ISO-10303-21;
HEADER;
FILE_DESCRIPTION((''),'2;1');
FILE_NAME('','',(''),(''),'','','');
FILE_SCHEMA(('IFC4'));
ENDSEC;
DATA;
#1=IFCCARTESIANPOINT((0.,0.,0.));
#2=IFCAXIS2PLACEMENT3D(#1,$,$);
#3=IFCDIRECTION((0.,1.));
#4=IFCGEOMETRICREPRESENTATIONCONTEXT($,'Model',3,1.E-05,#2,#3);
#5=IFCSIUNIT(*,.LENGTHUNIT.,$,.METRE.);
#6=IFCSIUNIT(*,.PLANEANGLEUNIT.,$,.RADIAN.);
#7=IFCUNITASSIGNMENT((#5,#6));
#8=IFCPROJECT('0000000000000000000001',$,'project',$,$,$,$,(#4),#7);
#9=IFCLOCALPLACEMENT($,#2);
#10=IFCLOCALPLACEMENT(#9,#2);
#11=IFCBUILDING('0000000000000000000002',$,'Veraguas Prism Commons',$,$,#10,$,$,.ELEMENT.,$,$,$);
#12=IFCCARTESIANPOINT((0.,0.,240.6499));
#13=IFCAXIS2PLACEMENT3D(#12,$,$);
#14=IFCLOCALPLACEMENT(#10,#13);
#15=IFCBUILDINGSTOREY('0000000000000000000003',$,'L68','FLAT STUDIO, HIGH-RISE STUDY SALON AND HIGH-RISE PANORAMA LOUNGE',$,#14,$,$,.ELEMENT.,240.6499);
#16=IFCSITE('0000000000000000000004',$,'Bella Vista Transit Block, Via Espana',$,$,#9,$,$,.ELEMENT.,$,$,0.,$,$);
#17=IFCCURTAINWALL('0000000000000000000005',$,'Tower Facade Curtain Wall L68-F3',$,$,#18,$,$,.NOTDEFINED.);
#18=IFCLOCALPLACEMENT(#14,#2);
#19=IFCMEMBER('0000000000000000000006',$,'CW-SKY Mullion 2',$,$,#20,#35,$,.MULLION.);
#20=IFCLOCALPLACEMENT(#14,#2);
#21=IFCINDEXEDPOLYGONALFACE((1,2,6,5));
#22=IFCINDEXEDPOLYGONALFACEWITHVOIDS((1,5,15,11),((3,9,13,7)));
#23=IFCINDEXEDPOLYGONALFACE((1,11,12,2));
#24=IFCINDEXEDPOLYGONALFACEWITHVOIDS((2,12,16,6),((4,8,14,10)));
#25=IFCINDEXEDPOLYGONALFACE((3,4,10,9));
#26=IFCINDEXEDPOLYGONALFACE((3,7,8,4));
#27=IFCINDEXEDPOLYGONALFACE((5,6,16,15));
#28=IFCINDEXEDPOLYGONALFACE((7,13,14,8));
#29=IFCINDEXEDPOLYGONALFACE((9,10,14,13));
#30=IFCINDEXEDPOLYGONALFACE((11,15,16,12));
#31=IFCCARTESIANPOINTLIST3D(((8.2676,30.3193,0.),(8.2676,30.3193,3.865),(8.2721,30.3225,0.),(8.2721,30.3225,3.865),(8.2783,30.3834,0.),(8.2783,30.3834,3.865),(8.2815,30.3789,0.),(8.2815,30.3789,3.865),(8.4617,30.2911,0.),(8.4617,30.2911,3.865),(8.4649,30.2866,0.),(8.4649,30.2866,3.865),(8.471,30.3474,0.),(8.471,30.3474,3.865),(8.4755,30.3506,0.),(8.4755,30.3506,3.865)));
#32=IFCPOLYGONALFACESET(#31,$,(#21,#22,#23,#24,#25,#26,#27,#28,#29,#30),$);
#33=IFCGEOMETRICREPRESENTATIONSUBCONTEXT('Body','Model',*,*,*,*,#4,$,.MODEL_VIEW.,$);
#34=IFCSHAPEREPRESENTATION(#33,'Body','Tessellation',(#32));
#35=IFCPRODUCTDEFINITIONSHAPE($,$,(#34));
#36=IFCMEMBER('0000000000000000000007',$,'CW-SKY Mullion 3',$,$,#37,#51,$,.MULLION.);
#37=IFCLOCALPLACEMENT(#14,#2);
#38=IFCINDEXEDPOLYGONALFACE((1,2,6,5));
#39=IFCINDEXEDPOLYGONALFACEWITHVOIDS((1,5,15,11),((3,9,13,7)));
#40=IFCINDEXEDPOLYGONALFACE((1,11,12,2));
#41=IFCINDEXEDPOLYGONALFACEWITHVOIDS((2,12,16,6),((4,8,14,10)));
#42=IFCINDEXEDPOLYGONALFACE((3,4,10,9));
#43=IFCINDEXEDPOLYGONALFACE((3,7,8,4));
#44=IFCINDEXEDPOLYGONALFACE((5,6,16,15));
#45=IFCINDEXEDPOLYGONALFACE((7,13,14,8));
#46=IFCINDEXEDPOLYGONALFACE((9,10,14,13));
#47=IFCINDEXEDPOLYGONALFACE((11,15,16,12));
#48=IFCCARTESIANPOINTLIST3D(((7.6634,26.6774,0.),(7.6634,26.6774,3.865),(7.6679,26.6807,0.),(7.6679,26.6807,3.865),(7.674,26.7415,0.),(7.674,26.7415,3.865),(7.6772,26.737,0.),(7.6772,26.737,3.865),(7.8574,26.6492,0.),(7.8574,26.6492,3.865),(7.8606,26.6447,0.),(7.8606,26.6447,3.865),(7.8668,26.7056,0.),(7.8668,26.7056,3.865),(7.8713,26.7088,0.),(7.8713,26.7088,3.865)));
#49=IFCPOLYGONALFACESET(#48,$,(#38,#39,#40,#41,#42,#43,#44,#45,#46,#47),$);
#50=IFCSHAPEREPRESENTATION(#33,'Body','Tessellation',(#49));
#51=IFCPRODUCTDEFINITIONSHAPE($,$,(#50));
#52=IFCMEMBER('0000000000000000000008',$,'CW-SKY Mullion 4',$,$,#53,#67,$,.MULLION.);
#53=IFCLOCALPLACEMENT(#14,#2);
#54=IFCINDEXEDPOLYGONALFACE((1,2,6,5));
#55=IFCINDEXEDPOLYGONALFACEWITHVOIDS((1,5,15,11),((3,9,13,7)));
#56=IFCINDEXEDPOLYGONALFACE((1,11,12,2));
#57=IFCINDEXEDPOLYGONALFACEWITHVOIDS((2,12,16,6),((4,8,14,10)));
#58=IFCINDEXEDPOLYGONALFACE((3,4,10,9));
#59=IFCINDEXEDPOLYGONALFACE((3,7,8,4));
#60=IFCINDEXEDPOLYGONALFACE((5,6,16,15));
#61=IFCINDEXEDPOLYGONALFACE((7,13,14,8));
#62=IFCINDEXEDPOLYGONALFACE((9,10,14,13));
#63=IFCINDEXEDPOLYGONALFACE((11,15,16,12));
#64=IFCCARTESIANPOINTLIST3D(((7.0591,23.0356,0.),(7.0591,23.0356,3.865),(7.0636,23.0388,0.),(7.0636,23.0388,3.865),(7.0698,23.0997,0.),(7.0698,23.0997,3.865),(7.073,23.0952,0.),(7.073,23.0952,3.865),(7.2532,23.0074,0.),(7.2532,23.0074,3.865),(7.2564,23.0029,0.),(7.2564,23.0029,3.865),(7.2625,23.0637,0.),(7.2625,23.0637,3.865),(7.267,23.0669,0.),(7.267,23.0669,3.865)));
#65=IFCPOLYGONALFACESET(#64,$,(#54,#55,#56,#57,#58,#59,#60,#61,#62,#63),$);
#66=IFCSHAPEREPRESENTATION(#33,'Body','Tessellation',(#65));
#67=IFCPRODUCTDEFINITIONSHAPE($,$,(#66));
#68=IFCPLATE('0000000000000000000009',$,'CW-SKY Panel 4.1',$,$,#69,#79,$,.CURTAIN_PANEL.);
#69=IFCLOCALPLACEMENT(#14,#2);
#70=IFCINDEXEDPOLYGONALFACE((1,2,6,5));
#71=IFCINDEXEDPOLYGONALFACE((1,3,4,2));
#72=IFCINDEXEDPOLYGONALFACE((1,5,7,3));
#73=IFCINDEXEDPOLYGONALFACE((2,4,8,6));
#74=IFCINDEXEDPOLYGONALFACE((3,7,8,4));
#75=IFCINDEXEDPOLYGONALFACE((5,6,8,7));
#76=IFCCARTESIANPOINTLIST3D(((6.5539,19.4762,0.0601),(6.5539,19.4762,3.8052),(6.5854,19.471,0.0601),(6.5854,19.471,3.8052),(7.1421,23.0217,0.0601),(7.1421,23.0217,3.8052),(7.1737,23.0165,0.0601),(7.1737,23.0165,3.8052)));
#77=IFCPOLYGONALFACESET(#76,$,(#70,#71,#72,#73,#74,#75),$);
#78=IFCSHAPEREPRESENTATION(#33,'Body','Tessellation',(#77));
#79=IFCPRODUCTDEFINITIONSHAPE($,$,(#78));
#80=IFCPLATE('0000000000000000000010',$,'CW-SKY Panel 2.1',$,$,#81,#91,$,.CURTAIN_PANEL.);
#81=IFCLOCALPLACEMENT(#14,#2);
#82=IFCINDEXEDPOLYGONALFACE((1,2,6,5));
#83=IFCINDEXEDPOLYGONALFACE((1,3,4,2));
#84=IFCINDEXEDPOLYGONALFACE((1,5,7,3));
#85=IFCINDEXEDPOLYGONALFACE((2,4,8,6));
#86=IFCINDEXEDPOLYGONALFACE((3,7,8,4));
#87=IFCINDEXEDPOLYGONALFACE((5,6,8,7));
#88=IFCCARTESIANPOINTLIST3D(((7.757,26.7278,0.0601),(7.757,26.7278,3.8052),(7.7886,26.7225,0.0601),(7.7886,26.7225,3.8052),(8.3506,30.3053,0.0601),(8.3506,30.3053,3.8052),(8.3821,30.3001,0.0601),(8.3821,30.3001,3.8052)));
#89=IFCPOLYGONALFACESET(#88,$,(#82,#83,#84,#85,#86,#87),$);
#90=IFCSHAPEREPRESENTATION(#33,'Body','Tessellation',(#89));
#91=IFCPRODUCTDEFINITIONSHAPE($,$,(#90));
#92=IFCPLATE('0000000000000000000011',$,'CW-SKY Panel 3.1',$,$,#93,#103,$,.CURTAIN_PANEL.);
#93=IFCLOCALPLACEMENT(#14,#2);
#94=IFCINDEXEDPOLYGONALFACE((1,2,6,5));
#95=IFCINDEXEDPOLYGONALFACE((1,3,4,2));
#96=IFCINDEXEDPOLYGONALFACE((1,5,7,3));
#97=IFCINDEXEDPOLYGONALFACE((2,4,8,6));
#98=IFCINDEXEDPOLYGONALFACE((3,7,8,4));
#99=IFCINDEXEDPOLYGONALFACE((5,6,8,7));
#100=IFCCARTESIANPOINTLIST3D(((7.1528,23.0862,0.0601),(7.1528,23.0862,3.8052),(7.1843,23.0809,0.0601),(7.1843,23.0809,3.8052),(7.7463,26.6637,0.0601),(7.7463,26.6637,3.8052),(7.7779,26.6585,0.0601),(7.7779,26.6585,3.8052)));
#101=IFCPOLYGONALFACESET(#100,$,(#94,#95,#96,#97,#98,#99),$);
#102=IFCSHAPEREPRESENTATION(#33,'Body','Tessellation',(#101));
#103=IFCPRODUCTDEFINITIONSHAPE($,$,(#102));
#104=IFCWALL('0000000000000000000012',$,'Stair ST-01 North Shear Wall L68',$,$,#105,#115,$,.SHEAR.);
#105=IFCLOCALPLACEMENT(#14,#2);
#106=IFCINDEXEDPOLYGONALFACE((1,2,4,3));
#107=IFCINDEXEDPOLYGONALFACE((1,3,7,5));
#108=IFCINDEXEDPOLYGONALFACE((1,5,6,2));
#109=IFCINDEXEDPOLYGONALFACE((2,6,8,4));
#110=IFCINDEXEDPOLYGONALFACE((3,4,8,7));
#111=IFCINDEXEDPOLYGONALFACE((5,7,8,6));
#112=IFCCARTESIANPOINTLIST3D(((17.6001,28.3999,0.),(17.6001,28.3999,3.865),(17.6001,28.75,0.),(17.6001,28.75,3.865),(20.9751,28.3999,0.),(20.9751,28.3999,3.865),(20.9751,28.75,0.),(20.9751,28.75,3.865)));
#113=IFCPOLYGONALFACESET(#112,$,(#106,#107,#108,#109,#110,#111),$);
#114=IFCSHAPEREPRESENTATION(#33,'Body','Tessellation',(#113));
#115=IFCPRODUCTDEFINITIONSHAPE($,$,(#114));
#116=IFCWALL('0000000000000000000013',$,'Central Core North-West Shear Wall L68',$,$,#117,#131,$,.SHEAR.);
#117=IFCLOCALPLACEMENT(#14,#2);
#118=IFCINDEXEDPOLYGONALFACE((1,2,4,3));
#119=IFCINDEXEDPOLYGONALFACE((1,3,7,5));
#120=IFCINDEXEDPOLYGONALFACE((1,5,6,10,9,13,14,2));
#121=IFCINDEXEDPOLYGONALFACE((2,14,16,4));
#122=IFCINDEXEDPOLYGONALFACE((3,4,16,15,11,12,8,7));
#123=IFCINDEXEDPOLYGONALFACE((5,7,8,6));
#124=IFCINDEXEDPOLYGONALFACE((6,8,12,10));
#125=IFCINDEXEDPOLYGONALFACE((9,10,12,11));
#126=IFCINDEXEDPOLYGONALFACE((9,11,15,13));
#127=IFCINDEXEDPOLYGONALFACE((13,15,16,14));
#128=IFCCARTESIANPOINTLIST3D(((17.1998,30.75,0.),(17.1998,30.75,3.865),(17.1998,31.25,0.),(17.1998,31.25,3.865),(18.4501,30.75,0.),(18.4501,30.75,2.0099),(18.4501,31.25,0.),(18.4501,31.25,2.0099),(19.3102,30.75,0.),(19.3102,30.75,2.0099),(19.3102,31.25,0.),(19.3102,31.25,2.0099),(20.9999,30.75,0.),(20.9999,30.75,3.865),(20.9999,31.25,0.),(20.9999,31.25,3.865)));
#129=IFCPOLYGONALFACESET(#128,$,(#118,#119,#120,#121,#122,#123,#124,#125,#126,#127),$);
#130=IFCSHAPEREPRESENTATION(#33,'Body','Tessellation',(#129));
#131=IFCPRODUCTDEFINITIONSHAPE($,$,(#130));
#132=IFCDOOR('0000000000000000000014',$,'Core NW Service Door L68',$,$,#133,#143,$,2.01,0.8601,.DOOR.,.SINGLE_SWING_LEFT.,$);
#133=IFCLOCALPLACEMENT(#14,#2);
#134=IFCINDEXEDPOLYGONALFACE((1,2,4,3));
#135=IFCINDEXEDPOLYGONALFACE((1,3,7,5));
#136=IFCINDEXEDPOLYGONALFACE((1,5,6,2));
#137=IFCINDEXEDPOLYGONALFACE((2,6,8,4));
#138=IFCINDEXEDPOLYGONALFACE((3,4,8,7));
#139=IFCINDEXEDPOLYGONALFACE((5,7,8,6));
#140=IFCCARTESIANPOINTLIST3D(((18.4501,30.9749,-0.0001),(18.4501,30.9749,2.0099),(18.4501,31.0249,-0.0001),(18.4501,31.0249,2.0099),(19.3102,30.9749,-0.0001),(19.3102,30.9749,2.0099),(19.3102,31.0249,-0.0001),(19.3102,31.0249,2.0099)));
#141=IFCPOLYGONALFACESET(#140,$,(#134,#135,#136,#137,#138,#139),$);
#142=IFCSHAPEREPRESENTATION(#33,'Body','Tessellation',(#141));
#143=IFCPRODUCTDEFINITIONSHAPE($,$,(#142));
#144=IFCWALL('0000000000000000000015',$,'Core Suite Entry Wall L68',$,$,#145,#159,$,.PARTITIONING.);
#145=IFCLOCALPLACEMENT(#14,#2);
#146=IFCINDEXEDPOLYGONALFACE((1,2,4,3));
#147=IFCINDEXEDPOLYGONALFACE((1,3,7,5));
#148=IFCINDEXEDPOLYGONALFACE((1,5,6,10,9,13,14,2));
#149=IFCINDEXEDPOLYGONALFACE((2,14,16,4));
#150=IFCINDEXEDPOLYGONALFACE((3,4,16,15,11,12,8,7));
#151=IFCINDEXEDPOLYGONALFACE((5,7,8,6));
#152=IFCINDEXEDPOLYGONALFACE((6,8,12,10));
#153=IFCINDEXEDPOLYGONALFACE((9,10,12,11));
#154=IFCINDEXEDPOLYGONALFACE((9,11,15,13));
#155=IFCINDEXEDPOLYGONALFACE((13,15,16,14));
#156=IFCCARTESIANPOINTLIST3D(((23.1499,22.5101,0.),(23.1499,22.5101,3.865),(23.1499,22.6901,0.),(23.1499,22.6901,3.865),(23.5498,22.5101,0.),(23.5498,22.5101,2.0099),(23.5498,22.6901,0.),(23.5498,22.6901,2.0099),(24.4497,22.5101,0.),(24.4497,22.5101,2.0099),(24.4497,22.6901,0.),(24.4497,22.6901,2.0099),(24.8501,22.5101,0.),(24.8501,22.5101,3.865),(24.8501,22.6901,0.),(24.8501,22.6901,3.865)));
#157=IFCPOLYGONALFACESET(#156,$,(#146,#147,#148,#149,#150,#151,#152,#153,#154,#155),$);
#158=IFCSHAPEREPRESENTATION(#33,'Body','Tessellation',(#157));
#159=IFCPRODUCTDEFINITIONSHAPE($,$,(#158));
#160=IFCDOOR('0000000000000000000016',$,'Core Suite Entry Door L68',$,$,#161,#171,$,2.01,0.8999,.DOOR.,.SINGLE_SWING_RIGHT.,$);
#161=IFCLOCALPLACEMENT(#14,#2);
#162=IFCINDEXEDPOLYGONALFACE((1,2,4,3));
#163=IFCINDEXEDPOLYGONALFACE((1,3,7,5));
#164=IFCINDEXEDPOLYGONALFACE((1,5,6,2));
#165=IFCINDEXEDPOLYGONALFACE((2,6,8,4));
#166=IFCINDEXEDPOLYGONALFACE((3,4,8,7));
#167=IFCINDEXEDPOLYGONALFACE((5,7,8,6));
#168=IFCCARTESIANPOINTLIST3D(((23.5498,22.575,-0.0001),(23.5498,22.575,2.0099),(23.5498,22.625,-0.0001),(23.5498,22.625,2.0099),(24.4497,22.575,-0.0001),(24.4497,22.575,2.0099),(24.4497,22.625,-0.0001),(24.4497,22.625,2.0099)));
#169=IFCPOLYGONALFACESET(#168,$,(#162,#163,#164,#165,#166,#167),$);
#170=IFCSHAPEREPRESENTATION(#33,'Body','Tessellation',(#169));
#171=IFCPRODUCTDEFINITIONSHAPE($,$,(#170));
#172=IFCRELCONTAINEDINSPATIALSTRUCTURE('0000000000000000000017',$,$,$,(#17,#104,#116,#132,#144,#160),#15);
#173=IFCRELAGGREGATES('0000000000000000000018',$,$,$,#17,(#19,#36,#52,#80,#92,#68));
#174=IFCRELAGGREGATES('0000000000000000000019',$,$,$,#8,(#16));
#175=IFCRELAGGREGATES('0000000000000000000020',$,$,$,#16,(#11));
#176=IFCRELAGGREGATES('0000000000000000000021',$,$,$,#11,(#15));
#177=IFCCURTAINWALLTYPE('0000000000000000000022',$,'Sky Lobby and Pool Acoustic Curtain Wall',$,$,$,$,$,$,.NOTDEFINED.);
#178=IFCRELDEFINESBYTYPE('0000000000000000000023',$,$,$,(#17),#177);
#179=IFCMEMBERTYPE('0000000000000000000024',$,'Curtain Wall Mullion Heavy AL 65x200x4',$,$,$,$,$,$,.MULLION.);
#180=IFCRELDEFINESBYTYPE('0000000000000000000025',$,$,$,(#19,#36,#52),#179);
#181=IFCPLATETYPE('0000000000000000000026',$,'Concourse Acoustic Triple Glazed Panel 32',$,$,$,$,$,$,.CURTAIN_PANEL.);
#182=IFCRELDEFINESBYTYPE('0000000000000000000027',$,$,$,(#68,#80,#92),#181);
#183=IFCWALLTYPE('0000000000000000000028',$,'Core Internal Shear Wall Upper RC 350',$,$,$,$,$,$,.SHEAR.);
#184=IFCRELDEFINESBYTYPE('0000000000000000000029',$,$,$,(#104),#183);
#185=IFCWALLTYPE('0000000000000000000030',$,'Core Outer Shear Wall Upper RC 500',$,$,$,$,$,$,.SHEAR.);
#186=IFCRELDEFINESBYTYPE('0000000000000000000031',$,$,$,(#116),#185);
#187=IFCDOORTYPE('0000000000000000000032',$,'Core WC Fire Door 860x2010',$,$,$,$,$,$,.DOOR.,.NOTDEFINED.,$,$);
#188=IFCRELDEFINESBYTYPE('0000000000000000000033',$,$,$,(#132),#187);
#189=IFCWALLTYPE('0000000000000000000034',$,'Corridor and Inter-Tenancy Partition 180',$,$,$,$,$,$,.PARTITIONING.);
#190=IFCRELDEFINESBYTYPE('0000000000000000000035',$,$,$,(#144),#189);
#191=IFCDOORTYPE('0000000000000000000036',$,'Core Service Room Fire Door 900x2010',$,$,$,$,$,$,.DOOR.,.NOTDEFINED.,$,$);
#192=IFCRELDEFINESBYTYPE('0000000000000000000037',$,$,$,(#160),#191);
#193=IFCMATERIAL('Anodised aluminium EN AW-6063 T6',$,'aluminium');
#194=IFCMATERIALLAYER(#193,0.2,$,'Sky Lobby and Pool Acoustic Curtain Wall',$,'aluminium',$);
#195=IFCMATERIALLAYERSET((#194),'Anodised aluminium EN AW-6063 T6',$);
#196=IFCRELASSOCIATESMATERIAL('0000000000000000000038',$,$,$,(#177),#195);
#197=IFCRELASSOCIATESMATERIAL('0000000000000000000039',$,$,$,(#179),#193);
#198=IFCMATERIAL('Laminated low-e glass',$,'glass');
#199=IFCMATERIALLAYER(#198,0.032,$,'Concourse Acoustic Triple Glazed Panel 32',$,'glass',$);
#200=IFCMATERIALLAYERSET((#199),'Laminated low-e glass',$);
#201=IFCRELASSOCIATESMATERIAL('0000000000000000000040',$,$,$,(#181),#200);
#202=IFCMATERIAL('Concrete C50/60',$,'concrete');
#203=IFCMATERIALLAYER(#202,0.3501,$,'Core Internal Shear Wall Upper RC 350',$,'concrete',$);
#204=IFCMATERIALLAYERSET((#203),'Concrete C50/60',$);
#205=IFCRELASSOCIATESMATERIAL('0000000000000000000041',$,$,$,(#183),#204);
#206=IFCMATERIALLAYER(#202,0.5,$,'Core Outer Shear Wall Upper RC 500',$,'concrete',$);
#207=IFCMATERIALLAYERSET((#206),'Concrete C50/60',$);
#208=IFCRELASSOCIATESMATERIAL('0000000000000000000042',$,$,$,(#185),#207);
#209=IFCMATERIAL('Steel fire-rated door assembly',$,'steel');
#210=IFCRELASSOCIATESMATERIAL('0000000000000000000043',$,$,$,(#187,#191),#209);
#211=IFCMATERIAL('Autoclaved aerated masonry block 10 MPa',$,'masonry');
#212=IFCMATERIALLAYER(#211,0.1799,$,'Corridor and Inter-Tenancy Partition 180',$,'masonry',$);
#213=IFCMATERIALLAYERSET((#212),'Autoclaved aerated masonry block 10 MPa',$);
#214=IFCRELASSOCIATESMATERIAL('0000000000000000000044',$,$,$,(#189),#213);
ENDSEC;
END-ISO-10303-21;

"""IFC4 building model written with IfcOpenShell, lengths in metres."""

from ifc_helpers import new_model, si_unit, direction, frame, frame_2d, origin, origin_2d, place, context, subcontext, project, spatial, rectangle, hollow_rectangle, extrude, source, transform, mapped, material, layer, layer_set, material_profile, profile_set, type_object, element, fill, aggregate, save


model = new_model("IFC4")

# Units and contexts
model_context = context("Model", 3, precision=1e-05, world=origin(), true_north=direction((0.0, 1.0)))
body_context = subcontext(model_context, "Body", "Model", "MODEL_VIEW")
ifc_project = project(units=[si_unit("LENGTHUNIT", "METRE"), si_unit("PLANEANGLEUNIT", "RADIAN")], contexts=[model_context])

# Site, building, storey
site_placement = place(None, origin())
site = spatial("IfcSite", under=ifc_project, at=site_placement, Name="Bella Vista Transit Block, Via Espana", CompositionType="ELEMENT", RefElevation=0.0)
building_placement = place(site_placement, origin())
building = spatial("IfcBuilding", under=site, at=building_placement, Name="Veraguas Prism Commons", CompositionType="ELEMENT")
storey_placement = place(building_placement, frame((0.0, 0.0, 240.6499)))
storey = spatial("IfcBuildingStorey", under=building, at=storey_placement, Name="L68", Description="FLAT STUDIO, HIGH-RISE STUDY SALON AND HIGH-RISE PANORAMA LOUNGE", CompositionType="ELEMENT", Elevation=240.6499)

# Shared definitions
ifc_material_1 = material(Name="Concrete C50/60", Category="concrete")

# Curtain wall, members, plates
ifc_material_2 = material(Name="Anodised aluminium EN AW-6063 T6", Category="aluminium")
ifc_layer_1 = layer(ifc_material_2, 0.2, Name="Sky Lobby and Pool Acoustic Curtain Wall", Category="aluminium")
ifc_layer_set_1 = layer_set([ifc_layer_1], Name="Anodised aluminium EN AW-6063 T6")
curtain_wall_type = type_object("IfcCurtainWallType", Name="Sky Lobby and Pool Acoustic Curtain Wall", PredefinedType="NOTDEFINED", material=ifc_layer_set_1)
curtain_wall_placement = place(storey_placement, origin())
curtain_wall = element("IfcCurtainWall", 1, at=curtain_wall_placement, inside=storey, type_object=curtain_wall_type, Name="Tower Facade Curtain Wall L68-F3", PredefinedType="NOTDEFINED")
ifc_material_profile_1 = material_profile(ifc_material_2, hollow_rectangle(XDim=0.0649, YDim=0.2, WallThickness=0.0039, at=origin_2d()), Name="AL65X200X4")
ifc_profile_set_1 = profile_set([ifc_material_profile_1], Name="Anodised aluminium EN AW-6063 T6")
member_type = type_object("IfcMemberType", Name="Curtain Wall Mullion Heavy AL 65x200x4", PredefinedType="MULLION", material=ifc_profile_set_1)
shared_shape_1 = source(origin(), body_context, "Body", "SweptSolid", [
    extrude(hollow_rectangle(XDim=0.0649, YDim=0.2, WallThickness=0.0039, at=origin_2d()), origin(), (0.0, 0.0, 1.0), 3.865),
])
member_1_placement = place(storey_placement, frame((8.3716, 30.335, 0.0), z_axis=(0.0, 0.0, 1.0), x_axis=(-0.16367, -0.986515, 0.0)))
member_1 = element("IfcMember", 2, at=member_1_placement, type_object=member_type, Name="CW-SKY Mullion 2", PredefinedType="MULLION", context=body_context, shape_type="MappedRepresentation", body=[
    mapped(shared_shape_1, transform((0.0, 0.0, 0.0), scale=1.0)),
])
member_2_placement = place(storey_placement, frame((7.7673, 26.6931, 0.0), z_axis=(0.0, 0.0, 1.0), x_axis=(-0.16367, -0.986515, 0.0)))
member_2 = element("IfcMember", 3, at=member_2_placement, type_object=member_type, Name="CW-SKY Mullion 3", PredefinedType="MULLION", context=body_context, shape_type="MappedRepresentation", body=[
    mapped(shared_shape_1, transform((0.0, 0.0, 0.0), scale=1.0)),
])
member_3_placement = place(storey_placement, frame((7.1631, 23.0513, 0.0), z_axis=(0.0, 0.0, 1.0), x_axis=(-0.16367, -0.986515, 0.0)))
member_3 = element("IfcMember", 4, at=member_3_placement, type_object=member_type, Name="CW-SKY Mullion 4", PredefinedType="MULLION", context=body_context, shape_type="MappedRepresentation", body=[
    mapped(shared_shape_1, transform((0.0, 0.0, 0.0), scale=1.0)),
])
ifc_material_3 = material(Name="Laminated low-e glass", Category="glass")
ifc_layer_2 = layer(ifc_material_3, 0.032, Name="Concourse Acoustic Triple Glazed Panel 32", Category="glass")
ifc_layer_set_2 = layer_set([ifc_layer_2], Name="Laminated low-e glass")
plate_type = type_object("IfcPlateType", Name="Concourse Acoustic Triple Glazed Panel 32", PredefinedType="CURTAIN_PANEL", material=ifc_layer_set_2)
shared_shape_2 = source(origin(), body_context, "Body", "SweptSolid", [
    extrude(rectangle(XDim=3.594, YDim=0.032, at=origin_2d()), origin(), (0.0, 0.0, 1.0), 3.7451),
])
plate_1_placement = place(storey_placement, frame((6.8638, 21.2463, 0.0601), z_axis=(0.0, 0.0, 1.0), x_axis=(-0.16367, -0.986515, 0.0)))
plate_1 = element("IfcPlate", 5, at=plate_1_placement, type_object=plate_type, Name="CW-SKY Panel 4.1", PredefinedType="CURTAIN_PANEL", context=body_context, shape_type="MappedRepresentation", body=[
    mapped(shared_shape_2, transform((0.0, 0.0, 0.0), scale=1.0)),
])
shared_shape_3 = source(origin(), body_context, "Body", "SweptSolid", [
    extrude(rectangle(XDim=3.6265, YDim=0.032, at=origin_2d()), origin(), (0.0, 0.0, 1.0), 3.7451),
])
plate_2_placement = place(storey_placement, frame((8.0696, 28.5139, 0.0601), z_axis=(0.0, 0.0, 1.0), x_axis=(-0.16367, -0.986515, 0.0)))
plate_2 = element("IfcPlate", 6, at=plate_2_placement, type_object=plate_type, Name="CW-SKY Panel 2.1", PredefinedType="CURTAIN_PANEL", context=body_context, shape_type="MappedRepresentation", body=[
    mapped(shared_shape_3, transform((0.0, 0.0, 0.0), scale=1.0)),
])
plate_3_placement = place(storey_placement, frame((7.4653, 24.8723, 0.0601), z_axis=(0.0, 0.0, 1.0), x_axis=(-0.16367, -0.986515, 0.0)))
plate_3 = element("IfcPlate", 7, at=plate_3_placement, type_object=plate_type, Name="CW-SKY Panel 3.1", PredefinedType="CURTAIN_PANEL", context=body_context, shape_type="MappedRepresentation", body=[
    mapped(shared_shape_3, transform((0.0, 0.0, 0.0), scale=1.0)),
])
aggregate(curtain_wall, [member_1, member_2, member_3, plate_2, plate_3, plate_1])

# Wall
ifc_layer_3 = layer(ifc_material_1, 0.3501, Name="Core Internal Shear Wall Upper RC 350", Category="concrete")
ifc_layer_set_3 = layer_set([ifc_layer_3], Name="Concrete C50/60")
wall_type_1 = type_object("IfcWallType", Name="Core Internal Shear Wall Upper RC 350", PredefinedType="SHEAR", material=ifc_layer_set_3)
wall_1_placement = place(storey_placement, frame((17.6001, 28.575, 0.0), z_axis=(0.0, 0.0, 1.0), x_axis=(1.0, 0.0, 0.0)))
element("IfcWall", 8, at=wall_1_placement, inside=storey, type_object=wall_type_1, Name="Stair ST-01 North Shear Wall L68", PredefinedType="SHEAR", context=body_context, shape_type="SweptSolid", body=[
    extrude(rectangle(XDim=3.375, YDim=0.3501, at=frame_2d((1.6875, 0.0))), origin(), (0.0, 0.0, 1.0), 3.865),
])

# Walls, openings, doors
ifc_layer_4 = layer(ifc_material_1, 0.5, Name="Core Outer Shear Wall Upper RC 500", Category="concrete")
ifc_layer_set_4 = layer_set([ifc_layer_4], Name="Concrete C50/60")
wall_type_2 = type_object("IfcWallType", Name="Core Outer Shear Wall Upper RC 500", PredefinedType="SHEAR", material=ifc_layer_set_4)
wall_2_placement = place(storey_placement, frame((17.2, 31.0, 0.0), z_axis=(0.0, 0.0, 1.0), x_axis=(1.0, 0.0, 0.0)))
wall_2 = element("IfcWall", 9, at=wall_2_placement, inside=storey, type_object=wall_type_2, Name="Central Core North-West Shear Wall L68", PredefinedType="SHEAR", context=body_context, shape_type="SweptSolid", body=[
    extrude(rectangle(XDim=3.8, YDim=0.5, at=frame_2d((1.8999, 0.0))), origin(), (0.0, 0.0, 1.0), 3.865),
])
opening_1_placement = place(wall_2_placement, frame((1.25, 0.0, 0.0)))
opening_1 = element("IfcOpeningElement", 10, at=opening_1_placement, cuts=wall_2, PredefinedType="OPENING", context=body_context, shape_type="SweptSolid", body=[
    extrude(rectangle(XDim=0.8601, YDim=2.01, at=frame_2d((0.4302, 1.0049))), frame((0.0, 0.26, 0.0), z_axis=(0.0, -1.0, 0.0), x_axis=(1.0, 0.0, 0.0)), (0.0, 0.0, 1.0), 0.52),
])
ifc_material_4 = material(Name="Steel fire-rated door assembly", Category="steel")
door_type_1 = type_object("IfcDoorType", Name="Core WC Fire Door 860x2010", OperationType="NOTDEFINED", PredefinedType="DOOR", material=ifc_material_4)
shared_shape_4 = source(origin(), body_context, "Body", "SweptSolid", [
    extrude(rectangle(XDim=0.8601, YDim=2.01, at=frame_2d((0.4302, 1.0049))), frame((0.0, 0.0249, 0.0), z_axis=(0.0, -1.0, 0.0), x_axis=(1.0, 0.0, 0.0)), (0.0, 0.0, 1.0), 0.05),
])
door_1_placement = place(opening_1_placement, origin())
door_1 = element("IfcDoor", 11, at=door_1_placement, inside=storey, type_object=door_type_1, Name="Core NW Service Door L68", OperationType="SINGLE_SWING_LEFT", OverallHeight=2.01, OverallWidth=0.8601, PredefinedType="DOOR", context=body_context, shape_type="MappedRepresentation", body=[
    mapped(shared_shape_4, transform((0.0, 0.0, 0.0), scale=1.0)),
])
fill(opening_1, door_1)
ifc_material_5 = material(Name="Autoclaved aerated masonry block 10 MPa", Category="masonry")
ifc_layer_5 = layer(ifc_material_5, 0.1799, Name="Corridor and Inter-Tenancy Partition 180", Category="masonry")
ifc_layer_set_5 = layer_set([ifc_layer_5], Name="Autoclaved aerated masonry block 10 MPa")
wall_type_3 = type_object("IfcWallType", Name="Corridor and Inter-Tenancy Partition 180", PredefinedType="PARTITIONING", material=ifc_layer_set_5)
wall_3_placement = place(storey_placement, frame((23.1499, 22.6001, 0.0), z_axis=(0.0, 0.0, 1.0), x_axis=(1.0, 0.0, 0.0)))
wall_3 = element("IfcWall", 12, at=wall_3_placement, inside=storey, type_object=wall_type_3, Name="Core Suite Entry Wall L68", PredefinedType="PARTITIONING", context=body_context, shape_type="SweptSolid", body=[
    extrude(rectangle(XDim=1.7002, YDim=0.1799, at=frame_2d((0.8501, 0.0))), origin(), (0.0, 0.0, 1.0), 3.865),
])
opening_2_placement = place(wall_3_placement, frame((0.3999, 0.0, 0.0)))
opening_2 = element("IfcOpeningElement", 13, at=opening_2_placement, cuts=wall_3, PredefinedType="OPENING", context=body_context, shape_type="SweptSolid", body=[
    extrude(rectangle(XDim=0.8999, YDim=2.01, at=frame_2d((0.45, 1.0049))), frame((0.0, 0.0999, 0.0), z_axis=(0.0, -1.0, 0.0), x_axis=(1.0, 0.0, 0.0)), (0.0, 0.0, 1.0), 0.2),
])
door_type_2 = type_object("IfcDoorType", Name="Core Service Room Fire Door 900x2010", OperationType="NOTDEFINED", PredefinedType="DOOR", material=ifc_material_4)
shared_shape_5 = source(origin(), body_context, "Body", "SweptSolid", [
    extrude(rectangle(XDim=0.8999, YDim=2.01, at=frame_2d((0.45, 1.0049))), frame((0.0, 0.0249, 0.0), z_axis=(0.0, -1.0, 0.0), x_axis=(1.0, 0.0, 0.0)), (0.0, 0.0, 1.0), 0.05),
])
door_2_placement = place(opening_2_placement, origin())
door_2 = element("IfcDoor", 14, at=door_2_placement, inside=storey, type_object=door_type_2, Name="Core Suite Entry Door L68", OperationType="SINGLE_SWING_RIGHT", OverallHeight=2.01, OverallWidth=0.8999, PredefinedType="DOOR", context=body_context, shape_type="MappedRepresentation", body=[
    mapped(shared_shape_5, transform((0.0, 0.0, 0.0), scale=1.0)),
])
fill(opening_2, door_2)

save(model, "model.ifc")
